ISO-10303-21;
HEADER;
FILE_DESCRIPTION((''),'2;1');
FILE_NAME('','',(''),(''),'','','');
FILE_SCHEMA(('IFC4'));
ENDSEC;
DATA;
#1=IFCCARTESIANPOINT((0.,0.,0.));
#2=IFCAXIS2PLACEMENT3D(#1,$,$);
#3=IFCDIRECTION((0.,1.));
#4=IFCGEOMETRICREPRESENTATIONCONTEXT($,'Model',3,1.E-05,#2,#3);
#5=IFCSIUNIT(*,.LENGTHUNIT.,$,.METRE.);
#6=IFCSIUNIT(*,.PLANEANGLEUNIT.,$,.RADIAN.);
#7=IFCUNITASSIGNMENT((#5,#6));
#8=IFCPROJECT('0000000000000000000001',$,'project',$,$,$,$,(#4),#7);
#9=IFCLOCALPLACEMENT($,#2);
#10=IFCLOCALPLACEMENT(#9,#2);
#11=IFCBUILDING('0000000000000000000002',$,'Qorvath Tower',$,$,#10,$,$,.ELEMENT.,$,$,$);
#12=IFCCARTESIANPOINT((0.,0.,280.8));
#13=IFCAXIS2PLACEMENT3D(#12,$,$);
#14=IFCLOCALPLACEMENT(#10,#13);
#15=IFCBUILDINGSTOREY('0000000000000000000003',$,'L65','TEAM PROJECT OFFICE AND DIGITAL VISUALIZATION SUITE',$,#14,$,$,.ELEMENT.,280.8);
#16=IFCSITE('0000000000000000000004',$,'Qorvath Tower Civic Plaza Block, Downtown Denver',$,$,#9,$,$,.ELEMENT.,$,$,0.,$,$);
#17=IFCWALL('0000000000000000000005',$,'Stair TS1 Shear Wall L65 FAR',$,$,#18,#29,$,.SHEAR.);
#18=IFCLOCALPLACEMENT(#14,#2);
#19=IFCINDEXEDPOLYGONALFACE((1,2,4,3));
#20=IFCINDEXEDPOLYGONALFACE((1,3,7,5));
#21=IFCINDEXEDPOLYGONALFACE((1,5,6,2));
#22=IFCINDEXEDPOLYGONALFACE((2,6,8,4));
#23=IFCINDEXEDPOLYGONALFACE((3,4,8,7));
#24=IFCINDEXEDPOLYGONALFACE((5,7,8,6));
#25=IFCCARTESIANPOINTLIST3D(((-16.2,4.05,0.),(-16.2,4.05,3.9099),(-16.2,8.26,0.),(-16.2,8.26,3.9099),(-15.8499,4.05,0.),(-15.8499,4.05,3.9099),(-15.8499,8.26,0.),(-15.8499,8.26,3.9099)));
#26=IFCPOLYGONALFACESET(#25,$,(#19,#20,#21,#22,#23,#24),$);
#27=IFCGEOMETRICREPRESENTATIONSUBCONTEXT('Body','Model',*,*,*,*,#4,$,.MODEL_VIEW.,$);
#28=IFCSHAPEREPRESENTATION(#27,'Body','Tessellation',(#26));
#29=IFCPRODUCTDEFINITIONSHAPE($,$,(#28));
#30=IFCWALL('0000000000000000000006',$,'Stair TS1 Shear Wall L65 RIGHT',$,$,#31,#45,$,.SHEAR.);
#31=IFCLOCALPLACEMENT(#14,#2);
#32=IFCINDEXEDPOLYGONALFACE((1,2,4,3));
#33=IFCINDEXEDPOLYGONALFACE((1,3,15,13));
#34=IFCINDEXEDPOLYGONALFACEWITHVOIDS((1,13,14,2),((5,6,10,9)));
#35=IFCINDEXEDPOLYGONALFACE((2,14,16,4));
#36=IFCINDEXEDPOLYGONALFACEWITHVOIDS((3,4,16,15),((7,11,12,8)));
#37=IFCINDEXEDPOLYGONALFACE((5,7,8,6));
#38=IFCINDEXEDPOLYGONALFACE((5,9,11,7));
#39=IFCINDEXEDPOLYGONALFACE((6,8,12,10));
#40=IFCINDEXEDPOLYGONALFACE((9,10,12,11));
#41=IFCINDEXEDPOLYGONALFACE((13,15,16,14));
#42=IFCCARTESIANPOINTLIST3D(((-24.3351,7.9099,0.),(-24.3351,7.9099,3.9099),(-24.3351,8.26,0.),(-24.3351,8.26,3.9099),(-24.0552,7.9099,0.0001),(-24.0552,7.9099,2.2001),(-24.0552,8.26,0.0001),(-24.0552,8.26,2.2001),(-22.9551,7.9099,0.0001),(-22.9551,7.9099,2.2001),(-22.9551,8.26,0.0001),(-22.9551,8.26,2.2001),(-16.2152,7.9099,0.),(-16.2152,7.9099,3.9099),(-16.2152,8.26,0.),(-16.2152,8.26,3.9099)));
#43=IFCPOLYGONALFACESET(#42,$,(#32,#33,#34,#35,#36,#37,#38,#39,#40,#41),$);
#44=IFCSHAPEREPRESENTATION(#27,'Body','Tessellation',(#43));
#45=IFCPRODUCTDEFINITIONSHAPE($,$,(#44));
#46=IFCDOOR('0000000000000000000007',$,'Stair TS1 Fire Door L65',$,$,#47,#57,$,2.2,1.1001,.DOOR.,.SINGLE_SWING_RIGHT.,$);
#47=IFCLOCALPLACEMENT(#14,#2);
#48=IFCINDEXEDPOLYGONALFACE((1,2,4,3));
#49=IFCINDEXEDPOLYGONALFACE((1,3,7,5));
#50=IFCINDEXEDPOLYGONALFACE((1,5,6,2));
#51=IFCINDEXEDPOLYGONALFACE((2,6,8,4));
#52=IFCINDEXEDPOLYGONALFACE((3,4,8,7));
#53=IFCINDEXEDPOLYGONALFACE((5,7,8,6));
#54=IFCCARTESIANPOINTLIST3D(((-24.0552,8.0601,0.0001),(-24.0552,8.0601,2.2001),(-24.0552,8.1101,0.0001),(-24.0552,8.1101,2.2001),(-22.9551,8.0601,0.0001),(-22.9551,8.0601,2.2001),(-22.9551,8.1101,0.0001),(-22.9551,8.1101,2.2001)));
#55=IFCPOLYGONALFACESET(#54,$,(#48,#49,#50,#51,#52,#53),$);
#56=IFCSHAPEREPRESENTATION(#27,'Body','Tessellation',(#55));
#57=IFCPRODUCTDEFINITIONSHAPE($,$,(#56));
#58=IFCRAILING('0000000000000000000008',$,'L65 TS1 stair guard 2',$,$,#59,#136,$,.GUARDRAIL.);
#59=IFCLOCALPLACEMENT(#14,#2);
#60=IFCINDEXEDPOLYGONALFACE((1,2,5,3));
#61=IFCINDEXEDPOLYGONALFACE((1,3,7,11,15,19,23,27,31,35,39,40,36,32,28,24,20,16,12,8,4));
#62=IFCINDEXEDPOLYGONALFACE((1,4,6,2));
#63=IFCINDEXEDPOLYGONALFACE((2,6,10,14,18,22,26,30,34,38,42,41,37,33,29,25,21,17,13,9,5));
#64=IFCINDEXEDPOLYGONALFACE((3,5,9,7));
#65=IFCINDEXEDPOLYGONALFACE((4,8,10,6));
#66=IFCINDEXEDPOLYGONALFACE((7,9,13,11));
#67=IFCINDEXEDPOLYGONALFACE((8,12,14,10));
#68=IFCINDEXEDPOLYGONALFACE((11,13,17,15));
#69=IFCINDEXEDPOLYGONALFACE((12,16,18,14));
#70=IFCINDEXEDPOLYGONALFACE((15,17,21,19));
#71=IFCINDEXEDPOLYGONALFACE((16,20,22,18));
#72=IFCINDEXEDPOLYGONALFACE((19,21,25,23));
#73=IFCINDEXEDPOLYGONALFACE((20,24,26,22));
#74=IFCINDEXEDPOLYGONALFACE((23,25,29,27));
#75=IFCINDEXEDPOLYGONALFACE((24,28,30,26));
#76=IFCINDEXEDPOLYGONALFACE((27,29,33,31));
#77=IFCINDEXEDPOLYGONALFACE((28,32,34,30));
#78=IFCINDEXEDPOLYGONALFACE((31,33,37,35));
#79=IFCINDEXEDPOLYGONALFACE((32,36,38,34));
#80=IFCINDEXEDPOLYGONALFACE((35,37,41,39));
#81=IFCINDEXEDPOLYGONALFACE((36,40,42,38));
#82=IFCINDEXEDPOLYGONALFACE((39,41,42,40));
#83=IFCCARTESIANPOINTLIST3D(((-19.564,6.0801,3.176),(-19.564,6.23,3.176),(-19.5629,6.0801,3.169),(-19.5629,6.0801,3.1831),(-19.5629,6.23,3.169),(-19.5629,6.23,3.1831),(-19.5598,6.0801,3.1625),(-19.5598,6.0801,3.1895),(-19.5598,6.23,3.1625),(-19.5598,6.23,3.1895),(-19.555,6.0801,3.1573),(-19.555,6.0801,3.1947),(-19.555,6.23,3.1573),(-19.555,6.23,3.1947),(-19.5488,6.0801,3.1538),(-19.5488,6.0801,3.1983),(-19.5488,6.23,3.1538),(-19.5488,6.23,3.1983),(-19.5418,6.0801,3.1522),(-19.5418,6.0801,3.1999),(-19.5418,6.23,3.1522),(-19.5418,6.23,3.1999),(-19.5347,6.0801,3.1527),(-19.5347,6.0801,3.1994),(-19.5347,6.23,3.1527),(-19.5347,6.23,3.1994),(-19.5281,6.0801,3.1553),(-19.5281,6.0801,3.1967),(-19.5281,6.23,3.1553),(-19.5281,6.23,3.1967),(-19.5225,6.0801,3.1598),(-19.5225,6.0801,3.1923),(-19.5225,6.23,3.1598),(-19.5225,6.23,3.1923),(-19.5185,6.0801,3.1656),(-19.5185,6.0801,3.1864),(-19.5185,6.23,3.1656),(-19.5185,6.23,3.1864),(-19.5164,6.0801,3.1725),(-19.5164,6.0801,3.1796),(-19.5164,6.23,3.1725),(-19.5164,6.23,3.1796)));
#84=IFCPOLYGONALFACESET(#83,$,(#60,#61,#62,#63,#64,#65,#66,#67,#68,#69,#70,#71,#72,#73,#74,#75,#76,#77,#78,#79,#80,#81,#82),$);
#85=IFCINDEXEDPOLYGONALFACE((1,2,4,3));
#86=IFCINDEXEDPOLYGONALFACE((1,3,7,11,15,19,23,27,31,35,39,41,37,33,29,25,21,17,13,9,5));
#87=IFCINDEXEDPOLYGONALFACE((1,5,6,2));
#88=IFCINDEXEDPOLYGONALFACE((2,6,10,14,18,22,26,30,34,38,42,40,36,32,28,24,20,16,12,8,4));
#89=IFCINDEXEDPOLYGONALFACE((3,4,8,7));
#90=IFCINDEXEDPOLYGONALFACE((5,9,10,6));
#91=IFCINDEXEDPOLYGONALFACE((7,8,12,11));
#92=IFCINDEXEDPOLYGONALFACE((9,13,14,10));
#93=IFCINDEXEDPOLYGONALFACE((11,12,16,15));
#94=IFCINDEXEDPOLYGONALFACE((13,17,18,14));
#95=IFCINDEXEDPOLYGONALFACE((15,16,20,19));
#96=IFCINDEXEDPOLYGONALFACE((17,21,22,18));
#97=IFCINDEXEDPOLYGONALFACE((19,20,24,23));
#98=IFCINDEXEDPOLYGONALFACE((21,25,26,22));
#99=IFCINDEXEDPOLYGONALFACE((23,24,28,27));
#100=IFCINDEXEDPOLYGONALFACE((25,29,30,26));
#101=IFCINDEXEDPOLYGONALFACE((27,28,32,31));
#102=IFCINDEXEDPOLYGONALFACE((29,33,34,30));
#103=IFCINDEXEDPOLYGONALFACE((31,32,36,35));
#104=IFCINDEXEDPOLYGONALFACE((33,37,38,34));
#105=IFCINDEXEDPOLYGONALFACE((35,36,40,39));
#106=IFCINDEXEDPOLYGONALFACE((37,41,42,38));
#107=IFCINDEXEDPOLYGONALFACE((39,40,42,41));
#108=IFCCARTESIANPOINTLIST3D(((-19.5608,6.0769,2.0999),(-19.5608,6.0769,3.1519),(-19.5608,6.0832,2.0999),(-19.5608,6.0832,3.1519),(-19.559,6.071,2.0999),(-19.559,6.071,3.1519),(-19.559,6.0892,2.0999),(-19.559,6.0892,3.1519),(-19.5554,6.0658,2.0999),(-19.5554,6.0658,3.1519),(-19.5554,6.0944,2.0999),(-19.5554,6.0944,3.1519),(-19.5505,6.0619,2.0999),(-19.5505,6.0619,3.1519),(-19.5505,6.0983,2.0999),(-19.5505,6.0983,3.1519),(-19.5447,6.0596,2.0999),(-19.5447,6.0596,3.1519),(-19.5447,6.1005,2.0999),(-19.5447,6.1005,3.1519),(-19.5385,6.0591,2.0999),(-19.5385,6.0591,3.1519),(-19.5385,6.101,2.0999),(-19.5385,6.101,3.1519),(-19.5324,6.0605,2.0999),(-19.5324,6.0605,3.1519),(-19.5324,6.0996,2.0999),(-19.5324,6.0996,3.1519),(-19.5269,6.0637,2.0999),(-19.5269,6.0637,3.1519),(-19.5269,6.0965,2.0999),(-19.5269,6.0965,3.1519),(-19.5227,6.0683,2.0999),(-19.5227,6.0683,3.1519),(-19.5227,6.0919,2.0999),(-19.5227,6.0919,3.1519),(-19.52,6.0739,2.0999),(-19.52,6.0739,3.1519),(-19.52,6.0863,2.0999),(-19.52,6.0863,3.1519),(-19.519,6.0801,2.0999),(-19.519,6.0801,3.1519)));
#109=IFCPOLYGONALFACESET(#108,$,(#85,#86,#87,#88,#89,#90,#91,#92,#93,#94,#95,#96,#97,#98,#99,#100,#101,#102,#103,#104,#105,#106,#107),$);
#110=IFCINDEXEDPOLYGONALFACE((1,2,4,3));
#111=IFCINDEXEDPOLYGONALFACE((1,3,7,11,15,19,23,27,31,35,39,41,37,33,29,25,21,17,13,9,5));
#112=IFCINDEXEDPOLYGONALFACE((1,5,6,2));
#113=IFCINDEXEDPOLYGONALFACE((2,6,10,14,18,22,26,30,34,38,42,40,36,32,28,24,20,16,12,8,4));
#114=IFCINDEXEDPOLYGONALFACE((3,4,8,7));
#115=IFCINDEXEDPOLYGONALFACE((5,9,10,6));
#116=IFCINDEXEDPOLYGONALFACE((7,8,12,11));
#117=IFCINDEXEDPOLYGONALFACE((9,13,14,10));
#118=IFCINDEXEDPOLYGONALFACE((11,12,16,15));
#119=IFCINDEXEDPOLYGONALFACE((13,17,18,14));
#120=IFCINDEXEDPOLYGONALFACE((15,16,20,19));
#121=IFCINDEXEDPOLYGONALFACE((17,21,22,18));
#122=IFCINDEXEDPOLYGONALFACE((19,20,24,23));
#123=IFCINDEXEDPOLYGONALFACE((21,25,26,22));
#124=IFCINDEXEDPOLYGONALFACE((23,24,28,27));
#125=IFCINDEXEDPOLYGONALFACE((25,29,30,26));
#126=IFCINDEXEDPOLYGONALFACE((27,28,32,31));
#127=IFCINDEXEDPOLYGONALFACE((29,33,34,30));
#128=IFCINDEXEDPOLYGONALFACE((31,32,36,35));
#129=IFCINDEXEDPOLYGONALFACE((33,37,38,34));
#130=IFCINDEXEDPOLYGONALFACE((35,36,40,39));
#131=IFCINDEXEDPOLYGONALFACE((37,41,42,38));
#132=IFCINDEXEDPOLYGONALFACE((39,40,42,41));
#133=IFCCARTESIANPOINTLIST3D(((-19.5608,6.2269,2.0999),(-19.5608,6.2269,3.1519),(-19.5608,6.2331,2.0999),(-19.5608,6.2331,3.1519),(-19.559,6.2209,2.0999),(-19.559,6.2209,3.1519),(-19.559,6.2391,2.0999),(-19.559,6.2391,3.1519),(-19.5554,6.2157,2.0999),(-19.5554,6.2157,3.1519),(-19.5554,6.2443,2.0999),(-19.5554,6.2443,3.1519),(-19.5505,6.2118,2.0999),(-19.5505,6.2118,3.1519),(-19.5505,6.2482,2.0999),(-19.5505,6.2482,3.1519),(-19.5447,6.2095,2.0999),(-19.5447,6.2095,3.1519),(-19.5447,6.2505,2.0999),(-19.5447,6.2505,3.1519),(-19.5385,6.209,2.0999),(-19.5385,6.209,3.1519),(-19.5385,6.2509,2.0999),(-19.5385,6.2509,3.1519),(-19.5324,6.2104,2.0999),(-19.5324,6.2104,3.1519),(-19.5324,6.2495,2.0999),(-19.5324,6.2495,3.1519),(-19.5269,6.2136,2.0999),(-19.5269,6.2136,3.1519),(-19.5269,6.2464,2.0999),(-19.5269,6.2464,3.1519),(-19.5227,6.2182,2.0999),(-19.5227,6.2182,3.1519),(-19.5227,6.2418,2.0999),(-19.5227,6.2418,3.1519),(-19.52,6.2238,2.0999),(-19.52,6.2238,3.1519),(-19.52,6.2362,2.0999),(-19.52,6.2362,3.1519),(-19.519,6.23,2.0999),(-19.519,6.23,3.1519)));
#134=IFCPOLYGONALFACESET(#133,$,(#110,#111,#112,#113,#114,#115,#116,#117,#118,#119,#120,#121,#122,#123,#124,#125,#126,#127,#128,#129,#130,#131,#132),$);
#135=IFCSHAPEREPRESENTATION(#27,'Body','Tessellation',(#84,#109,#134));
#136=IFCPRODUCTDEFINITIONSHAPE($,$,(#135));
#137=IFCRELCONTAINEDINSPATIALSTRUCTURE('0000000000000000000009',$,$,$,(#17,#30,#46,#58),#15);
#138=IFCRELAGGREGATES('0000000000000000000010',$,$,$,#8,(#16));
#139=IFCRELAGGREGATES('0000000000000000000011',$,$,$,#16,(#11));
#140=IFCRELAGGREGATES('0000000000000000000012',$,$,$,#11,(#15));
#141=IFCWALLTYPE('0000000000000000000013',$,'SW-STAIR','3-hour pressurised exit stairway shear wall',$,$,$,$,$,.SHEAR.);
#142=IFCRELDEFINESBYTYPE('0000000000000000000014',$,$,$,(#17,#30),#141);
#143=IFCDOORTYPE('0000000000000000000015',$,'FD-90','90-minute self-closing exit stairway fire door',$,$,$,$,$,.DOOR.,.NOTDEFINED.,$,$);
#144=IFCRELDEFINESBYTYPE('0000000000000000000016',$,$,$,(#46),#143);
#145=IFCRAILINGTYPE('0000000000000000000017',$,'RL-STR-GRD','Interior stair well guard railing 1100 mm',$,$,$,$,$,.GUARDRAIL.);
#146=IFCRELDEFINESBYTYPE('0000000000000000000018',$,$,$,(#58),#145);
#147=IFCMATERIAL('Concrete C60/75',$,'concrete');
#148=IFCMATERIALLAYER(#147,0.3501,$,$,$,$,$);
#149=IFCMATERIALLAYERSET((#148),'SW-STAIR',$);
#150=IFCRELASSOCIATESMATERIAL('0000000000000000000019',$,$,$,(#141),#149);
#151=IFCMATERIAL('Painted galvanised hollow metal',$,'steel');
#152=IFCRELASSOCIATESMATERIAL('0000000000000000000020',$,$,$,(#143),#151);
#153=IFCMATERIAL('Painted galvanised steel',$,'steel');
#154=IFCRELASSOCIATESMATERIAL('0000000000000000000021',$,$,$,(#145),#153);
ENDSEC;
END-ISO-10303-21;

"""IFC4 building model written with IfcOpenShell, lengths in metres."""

from ifc_helpers import new_model, si_unit, direction, frame, frame_2d, origin, origin_2d, place, context, subcontext, project, spatial, rectangle, circle, extrude, material, layer, layer_set, type_object, element, fill, save


model = new_model("IFC4")

# Units and contexts
model_context = context("Model", 3, precision=1e-05, world=origin(), true_north=direction((0.0, 1.0)))
body_context = subcontext(model_context, "Body", "Model", "MODEL_VIEW")
ifc_project = project(units=[si_unit("LENGTHUNIT", "METRE"), si_unit("PLANEANGLEUNIT", "RADIAN")], contexts=[model_context])

# Site, building, storey
site_placement = place(None, origin())
site = spatial("IfcSite", under=ifc_project, at=site_placement, Name="Qorvath Tower Civic Plaza Block, Downtown Denver", CompositionType="ELEMENT", RefElevation=0.0)
building_placement = place(site_placement, origin())
building = spatial("IfcBuilding", under=site, at=building_placement, Name="Qorvath Tower", CompositionType="ELEMENT")
storey_placement = place(building_placement, frame((0.0, 0.0, 280.8)))
storey = spatial("IfcBuildingStorey", under=building, at=storey_placement, Name="L65", Description="TEAM PROJECT OFFICE AND DIGITAL VISUALIZATION SUITE", CompositionType="ELEMENT", Elevation=280.8)

# Wall
ifc_material_1 = material(Name="Concrete C60/75", Category="concrete")
ifc_layer_1 = layer(ifc_material_1, 0.3501)
ifc_layer_set_1 = layer_set([ifc_layer_1], Name="SW-STAIR")
wall_type_1 = type_object("IfcWallType", Name="SW-STAIR", Description="3-hour pressurised exit stairway shear wall", PredefinedType="SHEAR", material=ifc_layer_set_1)
wall_1_placement = place(storey_placement, frame((-16.0249, 4.05, 0.0), z_axis=(0.0, 0.0, 1.0), x_axis=(0.0, 1.0, 0.0)))
element("IfcWall", 1, at=wall_1_placement, inside=storey, type_object=wall_type_1, Name="Stair TS1 Shear Wall L65 FAR", PredefinedType="SHEAR", context=body_context, shape_type="SweptSolid", body=[
    extrude(rectangle(XDim=4.21, YDim=0.3501, at=frame_2d((2.105, 0.0))), origin(), (0.0, 0.0, 1.0), 3.9099),
])

# Wall, opening, door
wall_2_placement = place(storey_placement, frame((-16.2151, 8.085, 0.0), z_axis=(0.0, 0.0, 1.0), x_axis=(-1.0, 0.0, 0.0)))
wall_2 = element("IfcWall", 2, at=wall_2_placement, inside=storey, type_object=wall_type_1, Name="Stair TS1 Shear Wall L65 RIGHT", PredefinedType="SHEAR", context=body_context, shape_type="SweptSolid", body=[
    extrude(rectangle(XDim=8.1199, YDim=0.3501, at=frame_2d((4.0601, 0.0))), origin(), (0.0, 0.0, 1.0), 3.9099),
])
opening_1_placement = place(wall_2_placement, frame((6.74, 0.0, 0.0)))
opening_1 = element("IfcOpeningElement", 3, at=opening_1_placement, cuts=wall_2, PredefinedType="OPENING", context=body_context, shape_type="SweptSolid", body=[
    extrude(rectangle(XDim=1.1001, YDim=2.2, at=frame_2d((0.55, 1.1001))), frame((0.0, 0.1851, 0.0), z_axis=(0.0, -1.0, 0.0), x_axis=(1.0, 0.0, 0.0)), (0.0, 0.0, 1.0), 0.3701),
])
ifc_material_2 = material(Name="Painted galvanised hollow metal", Category="steel")
door_type_1 = type_object("IfcDoorType", Name="FD-90", Description="90-minute self-closing exit stairway fire door", OperationType="NOTDEFINED", PredefinedType="DOOR", material=ifc_material_2)
door_1_placement = place(opening_1_placement, origin())
door_1 = element("IfcDoor", 4, at=door_1_placement, inside=storey, type_object=door_type_1, Name="Stair TS1 Fire Door L65", OperationType="SINGLE_SWING_RIGHT", OverallHeight=2.2, OverallWidth=1.1001, PredefinedType="DOOR", context=body_context, shape_type="SweptSolid", body=[
    extrude(rectangle(XDim=1.1001, YDim=2.2, at=frame_2d((0.55, 1.1001))), frame((0.0, 0.0249, 0.0), z_axis=(0.0, -1.0, 0.0), x_axis=(1.0, 0.0, 0.0)), (0.0, 0.0, 1.0), 0.05),
])
fill(opening_1, door_1)

# Railing
ifc_material_3 = material(Name="Painted galvanised steel", Category="steel")
railing_type_1 = type_object("IfcRailingType", Name="RL-STR-GRD", Description="Interior stair well guard railing 1100 mm", PredefinedType="GUARDRAIL", material=ifc_material_3)
railing_1_placement = place(storey_placement, frame((-19.54, 6.0801, 2.0999)))
element("IfcRailing", 5, at=railing_1_placement, inside=storey, type_object=railing_type_1, Name="L65 TS1 stair guard 2", PredefinedType="GUARDRAIL", context=body_context, shape_type="SweptSolid", body=[
    extrude(circle(Radius=0.0239, at=origin_2d()), frame((0.0, 0.0, 1.0762), z_axis=(0.0, 1.0, 0.0), x_axis=(-1.0, 0.0, 0.0)), (0.0, 0.0, 1.0), 0.1499),
    extrude(circle(Radius=0.021, at=origin_2d()), origin(), (0.0, 0.0, 1.0), 1.052),
    extrude(circle(Radius=0.021, at=origin_2d()), frame((0.0, 0.1499, 0.0)), (0.0, 0.0, 1.0), 1.052),
])

save(model, "model.ifc")
